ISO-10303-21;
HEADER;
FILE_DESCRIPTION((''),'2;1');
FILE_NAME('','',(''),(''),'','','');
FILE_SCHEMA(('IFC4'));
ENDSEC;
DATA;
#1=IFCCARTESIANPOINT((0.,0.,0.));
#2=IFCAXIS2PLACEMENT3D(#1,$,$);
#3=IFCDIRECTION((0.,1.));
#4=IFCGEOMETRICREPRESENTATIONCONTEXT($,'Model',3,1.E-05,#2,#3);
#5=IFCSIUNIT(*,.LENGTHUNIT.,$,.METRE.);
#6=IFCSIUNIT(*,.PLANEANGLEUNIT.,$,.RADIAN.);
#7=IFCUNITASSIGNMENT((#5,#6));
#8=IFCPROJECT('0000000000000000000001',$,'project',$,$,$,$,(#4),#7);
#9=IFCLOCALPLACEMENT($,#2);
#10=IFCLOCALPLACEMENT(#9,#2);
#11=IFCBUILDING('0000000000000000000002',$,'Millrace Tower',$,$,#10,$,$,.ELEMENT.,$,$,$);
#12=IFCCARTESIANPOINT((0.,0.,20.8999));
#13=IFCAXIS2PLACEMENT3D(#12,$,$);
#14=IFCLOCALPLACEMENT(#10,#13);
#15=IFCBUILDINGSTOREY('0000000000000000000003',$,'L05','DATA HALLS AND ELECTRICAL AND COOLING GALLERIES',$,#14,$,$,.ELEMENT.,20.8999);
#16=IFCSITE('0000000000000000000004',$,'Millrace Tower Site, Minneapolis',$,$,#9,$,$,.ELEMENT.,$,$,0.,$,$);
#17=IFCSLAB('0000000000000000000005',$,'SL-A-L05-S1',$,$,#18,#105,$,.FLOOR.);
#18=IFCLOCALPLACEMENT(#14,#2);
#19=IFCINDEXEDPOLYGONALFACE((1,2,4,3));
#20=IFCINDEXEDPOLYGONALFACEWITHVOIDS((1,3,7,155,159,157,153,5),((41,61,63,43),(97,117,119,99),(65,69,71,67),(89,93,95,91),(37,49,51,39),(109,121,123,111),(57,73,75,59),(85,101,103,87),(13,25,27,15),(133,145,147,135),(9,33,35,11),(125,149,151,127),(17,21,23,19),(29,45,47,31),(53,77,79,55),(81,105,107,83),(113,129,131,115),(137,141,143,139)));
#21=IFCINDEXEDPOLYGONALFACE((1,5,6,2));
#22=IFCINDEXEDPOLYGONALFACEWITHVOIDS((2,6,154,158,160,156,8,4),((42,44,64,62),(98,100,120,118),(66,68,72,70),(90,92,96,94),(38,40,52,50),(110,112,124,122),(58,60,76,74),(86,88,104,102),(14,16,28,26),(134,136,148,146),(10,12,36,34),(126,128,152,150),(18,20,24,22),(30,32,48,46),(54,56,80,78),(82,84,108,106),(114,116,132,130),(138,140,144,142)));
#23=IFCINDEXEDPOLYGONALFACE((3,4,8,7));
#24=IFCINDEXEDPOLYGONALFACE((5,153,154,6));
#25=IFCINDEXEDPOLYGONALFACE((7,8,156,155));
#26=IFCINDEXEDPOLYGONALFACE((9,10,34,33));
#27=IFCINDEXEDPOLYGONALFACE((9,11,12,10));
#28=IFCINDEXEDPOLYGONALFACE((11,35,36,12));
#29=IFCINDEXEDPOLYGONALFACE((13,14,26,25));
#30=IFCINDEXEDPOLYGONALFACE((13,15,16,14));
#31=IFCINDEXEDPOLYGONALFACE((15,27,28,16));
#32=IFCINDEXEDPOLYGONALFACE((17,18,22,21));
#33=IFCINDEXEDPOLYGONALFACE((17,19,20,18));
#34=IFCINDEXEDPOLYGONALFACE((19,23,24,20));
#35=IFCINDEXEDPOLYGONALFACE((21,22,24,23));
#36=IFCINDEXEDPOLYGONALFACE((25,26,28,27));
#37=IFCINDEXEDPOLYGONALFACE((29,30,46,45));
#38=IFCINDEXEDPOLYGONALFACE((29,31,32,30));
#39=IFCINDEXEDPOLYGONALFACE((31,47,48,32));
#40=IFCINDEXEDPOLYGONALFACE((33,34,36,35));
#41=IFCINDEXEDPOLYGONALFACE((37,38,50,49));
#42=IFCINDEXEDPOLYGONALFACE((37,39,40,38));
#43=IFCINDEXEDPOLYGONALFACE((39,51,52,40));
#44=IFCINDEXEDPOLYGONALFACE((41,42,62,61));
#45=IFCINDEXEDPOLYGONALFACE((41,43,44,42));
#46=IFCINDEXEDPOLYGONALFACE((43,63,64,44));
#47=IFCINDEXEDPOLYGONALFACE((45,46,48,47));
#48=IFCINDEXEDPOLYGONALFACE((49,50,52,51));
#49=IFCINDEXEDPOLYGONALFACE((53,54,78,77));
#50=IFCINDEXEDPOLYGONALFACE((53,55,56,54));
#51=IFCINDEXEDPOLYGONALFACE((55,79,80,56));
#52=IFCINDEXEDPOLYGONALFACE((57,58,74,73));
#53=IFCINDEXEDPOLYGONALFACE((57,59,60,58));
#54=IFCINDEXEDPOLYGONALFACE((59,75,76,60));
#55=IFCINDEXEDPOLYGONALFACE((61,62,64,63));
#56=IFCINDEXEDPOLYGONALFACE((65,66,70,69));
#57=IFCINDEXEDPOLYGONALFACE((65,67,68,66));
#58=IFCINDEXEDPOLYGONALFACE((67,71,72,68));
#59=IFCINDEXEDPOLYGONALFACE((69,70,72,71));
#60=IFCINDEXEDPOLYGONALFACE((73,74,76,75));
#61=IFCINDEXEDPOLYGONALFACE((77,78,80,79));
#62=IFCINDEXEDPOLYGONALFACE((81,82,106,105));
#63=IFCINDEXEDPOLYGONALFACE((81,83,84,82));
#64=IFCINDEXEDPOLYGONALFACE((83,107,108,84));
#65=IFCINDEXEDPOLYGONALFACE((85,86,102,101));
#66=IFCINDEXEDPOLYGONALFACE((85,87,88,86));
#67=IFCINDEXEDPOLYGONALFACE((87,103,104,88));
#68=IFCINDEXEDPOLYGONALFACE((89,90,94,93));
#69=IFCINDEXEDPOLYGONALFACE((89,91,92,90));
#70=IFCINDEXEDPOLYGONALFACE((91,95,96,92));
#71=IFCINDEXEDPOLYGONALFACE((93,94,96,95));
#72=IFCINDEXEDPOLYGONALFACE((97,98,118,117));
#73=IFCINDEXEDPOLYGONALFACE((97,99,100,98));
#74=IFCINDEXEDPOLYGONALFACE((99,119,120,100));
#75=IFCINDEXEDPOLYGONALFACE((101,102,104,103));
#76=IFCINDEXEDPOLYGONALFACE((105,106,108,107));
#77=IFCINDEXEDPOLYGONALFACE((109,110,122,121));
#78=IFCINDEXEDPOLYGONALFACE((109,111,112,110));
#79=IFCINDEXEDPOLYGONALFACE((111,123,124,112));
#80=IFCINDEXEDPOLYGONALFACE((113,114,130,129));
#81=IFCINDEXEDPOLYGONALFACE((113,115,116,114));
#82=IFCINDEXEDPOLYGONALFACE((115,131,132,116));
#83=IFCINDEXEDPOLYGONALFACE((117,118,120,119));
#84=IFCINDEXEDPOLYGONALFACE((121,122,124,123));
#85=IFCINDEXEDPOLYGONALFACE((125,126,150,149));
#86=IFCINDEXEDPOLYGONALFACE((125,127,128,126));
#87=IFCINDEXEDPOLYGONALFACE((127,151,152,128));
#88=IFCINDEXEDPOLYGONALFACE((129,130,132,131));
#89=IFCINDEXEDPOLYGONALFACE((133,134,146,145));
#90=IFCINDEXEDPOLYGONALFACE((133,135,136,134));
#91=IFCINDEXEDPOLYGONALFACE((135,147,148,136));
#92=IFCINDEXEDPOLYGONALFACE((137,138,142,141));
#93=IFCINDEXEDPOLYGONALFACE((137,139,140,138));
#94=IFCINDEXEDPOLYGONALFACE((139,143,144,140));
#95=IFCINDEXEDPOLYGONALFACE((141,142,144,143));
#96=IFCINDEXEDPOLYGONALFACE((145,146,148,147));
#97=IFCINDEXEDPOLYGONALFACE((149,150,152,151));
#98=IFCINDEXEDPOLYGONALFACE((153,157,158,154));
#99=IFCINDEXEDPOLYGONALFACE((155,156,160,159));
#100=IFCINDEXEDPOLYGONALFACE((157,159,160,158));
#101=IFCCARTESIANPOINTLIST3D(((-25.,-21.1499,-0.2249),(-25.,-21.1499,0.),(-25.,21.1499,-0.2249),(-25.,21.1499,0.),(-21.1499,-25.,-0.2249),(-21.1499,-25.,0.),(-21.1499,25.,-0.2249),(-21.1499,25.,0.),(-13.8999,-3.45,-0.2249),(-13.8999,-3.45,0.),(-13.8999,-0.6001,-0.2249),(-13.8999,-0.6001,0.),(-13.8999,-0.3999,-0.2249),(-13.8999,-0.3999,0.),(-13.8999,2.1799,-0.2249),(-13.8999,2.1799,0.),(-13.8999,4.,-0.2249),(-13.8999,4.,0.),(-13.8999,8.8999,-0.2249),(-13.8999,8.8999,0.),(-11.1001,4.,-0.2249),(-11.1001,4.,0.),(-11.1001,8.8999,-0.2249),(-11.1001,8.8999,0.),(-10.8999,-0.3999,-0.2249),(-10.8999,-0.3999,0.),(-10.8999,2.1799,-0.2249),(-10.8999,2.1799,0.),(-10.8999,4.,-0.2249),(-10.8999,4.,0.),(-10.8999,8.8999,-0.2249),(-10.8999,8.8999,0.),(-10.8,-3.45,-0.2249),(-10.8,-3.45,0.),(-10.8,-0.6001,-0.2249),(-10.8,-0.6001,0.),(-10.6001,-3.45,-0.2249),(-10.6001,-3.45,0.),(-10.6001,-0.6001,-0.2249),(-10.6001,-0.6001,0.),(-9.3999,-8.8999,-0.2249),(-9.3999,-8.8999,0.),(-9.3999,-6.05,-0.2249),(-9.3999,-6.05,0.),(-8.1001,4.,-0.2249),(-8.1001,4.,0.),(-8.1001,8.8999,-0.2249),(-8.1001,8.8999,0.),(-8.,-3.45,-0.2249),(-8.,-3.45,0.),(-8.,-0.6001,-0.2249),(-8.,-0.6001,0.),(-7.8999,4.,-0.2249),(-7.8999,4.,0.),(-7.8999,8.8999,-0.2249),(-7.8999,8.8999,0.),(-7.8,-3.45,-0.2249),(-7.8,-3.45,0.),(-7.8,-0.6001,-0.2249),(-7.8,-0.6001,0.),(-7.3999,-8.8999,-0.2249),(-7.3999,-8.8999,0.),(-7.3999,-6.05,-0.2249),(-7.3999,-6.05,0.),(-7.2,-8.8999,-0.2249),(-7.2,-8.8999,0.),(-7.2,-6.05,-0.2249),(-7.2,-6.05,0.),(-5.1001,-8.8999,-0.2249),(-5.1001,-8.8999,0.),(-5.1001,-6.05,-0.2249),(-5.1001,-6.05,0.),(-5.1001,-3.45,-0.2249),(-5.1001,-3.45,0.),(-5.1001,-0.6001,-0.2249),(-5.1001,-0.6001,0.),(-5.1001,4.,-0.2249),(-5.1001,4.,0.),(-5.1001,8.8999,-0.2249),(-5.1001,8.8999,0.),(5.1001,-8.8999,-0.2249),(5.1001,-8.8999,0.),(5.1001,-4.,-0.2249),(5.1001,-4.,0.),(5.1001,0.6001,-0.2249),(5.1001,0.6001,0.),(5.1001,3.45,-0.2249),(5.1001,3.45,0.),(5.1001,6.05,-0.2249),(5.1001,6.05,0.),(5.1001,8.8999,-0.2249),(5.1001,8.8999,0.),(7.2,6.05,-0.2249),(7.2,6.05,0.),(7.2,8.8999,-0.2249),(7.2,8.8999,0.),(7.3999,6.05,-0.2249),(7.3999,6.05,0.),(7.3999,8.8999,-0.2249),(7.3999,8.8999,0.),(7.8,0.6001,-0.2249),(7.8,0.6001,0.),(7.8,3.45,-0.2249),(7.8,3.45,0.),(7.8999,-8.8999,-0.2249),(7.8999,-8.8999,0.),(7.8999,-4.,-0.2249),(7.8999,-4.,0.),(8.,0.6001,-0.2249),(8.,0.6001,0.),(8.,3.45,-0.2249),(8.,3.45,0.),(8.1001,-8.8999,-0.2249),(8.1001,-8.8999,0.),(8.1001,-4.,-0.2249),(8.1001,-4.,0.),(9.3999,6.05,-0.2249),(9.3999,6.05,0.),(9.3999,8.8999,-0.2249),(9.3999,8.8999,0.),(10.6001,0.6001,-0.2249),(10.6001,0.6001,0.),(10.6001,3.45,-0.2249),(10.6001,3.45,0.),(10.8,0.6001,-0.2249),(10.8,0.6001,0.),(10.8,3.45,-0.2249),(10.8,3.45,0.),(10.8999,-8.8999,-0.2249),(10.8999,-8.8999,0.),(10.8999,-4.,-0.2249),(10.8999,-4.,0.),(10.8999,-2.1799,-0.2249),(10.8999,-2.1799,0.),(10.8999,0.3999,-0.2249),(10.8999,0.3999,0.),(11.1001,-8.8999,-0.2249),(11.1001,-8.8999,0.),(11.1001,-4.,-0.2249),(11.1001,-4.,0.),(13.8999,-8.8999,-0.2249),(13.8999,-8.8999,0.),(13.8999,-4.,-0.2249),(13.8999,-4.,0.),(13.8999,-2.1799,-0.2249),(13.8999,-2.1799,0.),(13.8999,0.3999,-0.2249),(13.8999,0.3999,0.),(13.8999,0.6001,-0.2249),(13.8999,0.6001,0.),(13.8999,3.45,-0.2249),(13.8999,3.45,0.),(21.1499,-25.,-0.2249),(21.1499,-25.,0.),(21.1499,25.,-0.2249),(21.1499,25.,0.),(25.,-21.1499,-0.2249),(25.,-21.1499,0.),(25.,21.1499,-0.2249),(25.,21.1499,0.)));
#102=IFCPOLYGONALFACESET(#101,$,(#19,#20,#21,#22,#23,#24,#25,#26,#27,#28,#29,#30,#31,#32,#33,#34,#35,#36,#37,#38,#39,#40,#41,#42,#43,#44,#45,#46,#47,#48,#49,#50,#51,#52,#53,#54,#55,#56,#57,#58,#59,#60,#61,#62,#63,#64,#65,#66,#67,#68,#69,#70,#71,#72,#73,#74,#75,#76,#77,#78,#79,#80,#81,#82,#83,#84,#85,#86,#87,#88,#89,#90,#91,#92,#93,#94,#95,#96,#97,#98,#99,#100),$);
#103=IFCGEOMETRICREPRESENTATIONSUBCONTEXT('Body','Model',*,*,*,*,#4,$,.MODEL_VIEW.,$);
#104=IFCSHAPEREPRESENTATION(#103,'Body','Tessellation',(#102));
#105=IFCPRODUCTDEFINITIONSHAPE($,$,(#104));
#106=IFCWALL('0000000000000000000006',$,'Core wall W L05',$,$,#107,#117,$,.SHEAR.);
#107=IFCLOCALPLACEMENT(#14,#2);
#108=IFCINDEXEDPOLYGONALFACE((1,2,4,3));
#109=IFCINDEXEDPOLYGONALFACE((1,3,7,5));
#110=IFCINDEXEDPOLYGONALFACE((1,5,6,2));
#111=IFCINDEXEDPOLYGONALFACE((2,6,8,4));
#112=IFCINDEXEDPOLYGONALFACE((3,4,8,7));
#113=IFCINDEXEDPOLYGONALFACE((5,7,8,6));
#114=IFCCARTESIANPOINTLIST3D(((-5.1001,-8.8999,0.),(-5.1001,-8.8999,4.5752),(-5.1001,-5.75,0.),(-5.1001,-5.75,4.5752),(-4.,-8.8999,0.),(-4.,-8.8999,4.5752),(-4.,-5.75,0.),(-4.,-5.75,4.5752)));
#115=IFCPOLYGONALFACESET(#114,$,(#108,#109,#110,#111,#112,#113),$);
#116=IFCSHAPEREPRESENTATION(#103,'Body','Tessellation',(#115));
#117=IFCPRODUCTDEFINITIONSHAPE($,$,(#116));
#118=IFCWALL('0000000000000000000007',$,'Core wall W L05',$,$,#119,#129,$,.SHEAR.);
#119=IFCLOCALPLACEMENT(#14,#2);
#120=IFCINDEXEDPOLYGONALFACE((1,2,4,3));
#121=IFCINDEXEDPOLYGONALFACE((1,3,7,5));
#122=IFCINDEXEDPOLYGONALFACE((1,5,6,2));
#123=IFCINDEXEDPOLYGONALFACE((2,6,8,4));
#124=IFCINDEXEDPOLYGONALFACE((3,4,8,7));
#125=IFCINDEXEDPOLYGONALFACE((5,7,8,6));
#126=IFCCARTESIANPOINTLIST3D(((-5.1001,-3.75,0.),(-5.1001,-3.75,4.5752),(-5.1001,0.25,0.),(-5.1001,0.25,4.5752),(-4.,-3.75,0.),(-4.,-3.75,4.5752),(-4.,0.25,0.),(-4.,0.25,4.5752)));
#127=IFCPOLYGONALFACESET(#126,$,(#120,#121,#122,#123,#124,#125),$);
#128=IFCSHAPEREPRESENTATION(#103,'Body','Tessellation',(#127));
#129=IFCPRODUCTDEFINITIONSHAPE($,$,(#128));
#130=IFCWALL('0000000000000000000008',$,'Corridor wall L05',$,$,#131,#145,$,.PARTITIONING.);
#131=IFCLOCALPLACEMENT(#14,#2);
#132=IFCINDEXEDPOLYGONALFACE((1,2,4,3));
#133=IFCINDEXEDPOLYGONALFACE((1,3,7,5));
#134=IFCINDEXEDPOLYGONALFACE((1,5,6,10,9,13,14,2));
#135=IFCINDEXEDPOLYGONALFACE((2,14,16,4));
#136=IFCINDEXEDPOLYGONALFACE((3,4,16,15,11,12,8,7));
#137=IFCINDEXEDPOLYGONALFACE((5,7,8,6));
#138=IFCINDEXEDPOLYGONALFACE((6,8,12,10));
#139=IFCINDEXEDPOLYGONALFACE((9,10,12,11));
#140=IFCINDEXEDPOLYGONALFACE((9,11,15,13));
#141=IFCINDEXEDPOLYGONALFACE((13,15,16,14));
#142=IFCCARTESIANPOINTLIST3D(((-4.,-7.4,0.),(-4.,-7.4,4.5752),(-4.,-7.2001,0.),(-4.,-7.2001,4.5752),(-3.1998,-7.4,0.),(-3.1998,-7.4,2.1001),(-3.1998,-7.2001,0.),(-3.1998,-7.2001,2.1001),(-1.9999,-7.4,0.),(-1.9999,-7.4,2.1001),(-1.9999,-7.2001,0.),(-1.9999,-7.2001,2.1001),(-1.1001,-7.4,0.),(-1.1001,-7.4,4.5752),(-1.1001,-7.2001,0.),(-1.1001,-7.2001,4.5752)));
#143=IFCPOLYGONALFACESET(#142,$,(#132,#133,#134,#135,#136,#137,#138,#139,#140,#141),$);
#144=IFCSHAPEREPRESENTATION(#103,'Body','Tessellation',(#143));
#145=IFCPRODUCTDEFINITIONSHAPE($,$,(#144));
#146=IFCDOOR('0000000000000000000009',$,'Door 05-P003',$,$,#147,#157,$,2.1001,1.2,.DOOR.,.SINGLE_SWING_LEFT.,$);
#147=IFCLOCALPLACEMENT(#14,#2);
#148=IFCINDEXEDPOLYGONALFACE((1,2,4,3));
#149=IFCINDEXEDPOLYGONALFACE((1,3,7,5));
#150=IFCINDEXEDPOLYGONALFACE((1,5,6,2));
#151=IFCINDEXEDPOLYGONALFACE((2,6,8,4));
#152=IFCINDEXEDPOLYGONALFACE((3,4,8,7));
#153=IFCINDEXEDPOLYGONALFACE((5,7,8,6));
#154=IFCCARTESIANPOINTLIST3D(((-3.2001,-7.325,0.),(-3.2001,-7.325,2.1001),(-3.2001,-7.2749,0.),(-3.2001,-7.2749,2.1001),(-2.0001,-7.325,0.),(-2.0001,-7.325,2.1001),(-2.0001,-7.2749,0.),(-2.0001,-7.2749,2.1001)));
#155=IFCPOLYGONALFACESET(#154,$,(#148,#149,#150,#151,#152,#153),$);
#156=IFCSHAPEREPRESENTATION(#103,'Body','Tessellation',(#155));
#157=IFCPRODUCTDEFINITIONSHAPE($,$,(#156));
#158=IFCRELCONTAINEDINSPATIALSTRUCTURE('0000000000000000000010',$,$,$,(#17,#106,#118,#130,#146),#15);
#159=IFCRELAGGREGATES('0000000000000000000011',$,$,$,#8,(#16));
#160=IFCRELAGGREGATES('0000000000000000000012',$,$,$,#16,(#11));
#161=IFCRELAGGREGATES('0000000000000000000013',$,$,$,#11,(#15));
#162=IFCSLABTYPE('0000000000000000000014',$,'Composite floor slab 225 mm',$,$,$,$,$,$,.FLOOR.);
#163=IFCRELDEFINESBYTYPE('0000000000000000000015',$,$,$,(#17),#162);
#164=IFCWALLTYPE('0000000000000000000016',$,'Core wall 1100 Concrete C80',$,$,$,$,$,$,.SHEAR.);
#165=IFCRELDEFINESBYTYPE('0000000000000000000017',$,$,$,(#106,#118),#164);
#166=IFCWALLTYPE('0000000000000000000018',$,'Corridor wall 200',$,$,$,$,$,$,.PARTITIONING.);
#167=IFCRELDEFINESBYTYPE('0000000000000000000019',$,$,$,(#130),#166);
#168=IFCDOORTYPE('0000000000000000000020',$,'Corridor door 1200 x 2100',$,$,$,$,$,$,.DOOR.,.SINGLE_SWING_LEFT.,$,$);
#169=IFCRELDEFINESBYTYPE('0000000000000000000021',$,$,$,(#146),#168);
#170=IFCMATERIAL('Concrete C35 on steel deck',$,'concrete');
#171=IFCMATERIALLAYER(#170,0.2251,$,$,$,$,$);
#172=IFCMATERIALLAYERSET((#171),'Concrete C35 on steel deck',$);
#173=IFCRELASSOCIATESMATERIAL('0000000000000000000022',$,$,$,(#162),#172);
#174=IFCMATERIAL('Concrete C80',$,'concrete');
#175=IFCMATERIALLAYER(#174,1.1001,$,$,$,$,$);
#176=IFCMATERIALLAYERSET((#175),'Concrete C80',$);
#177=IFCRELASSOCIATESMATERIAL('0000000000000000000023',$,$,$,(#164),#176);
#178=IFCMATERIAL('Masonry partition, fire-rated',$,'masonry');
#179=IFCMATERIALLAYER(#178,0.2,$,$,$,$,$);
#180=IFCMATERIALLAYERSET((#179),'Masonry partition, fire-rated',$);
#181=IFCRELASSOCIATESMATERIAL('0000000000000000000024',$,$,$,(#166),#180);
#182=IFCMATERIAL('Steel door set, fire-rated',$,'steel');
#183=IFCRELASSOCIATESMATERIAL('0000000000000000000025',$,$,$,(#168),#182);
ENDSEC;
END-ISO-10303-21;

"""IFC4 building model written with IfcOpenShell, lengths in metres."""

from ifc_helpers import new_model, si_unit, direction, frame, frame_2d, origin, place, context, subcontext, project, spatial, polyline, rectangle, outline, extrude, material, layer, layer_set, type_object, element, fill, save


model = new_model("IFC4")

# Units and contexts
model_context = context("Model", 3, precision=1e-05, world=origin(), true_north=direction((0.0, 1.0)))
body_context = subcontext(model_context, "Body", "Model", "MODEL_VIEW")
ifc_project = project(units=[si_unit("LENGTHUNIT", "METRE"), si_unit("PLANEANGLEUNIT", "RADIAN")], contexts=[model_context])

# Site, building, storey
site_placement = place(None, origin())
site = spatial("IfcSite", under=ifc_project, at=site_placement, Name="Millrace Tower Site, Minneapolis", CompositionType="ELEMENT", RefElevation=0.0)
building_placement = place(site_placement, origin())
building = spatial("IfcBuilding", under=site, at=building_placement, Name="Millrace Tower", CompositionType="ELEMENT")
storey_placement = place(building_placement, frame((0.0, 0.0, 20.8999)))
storey = spatial("IfcBuildingStorey", under=building, at=storey_placement, Name="L05", Description="DATA HALLS AND ELECTRICAL AND COOLING GALLERIES", CompositionType="ELEMENT", Elevation=20.8999)

# Slab
ifc_material_1 = material(Name="Concrete C35 on steel deck", Category="concrete")
ifc_layer_1 = layer(ifc_material_1, 0.2251)
ifc_layer_set_1 = layer_set([ifc_layer_1], Name="Concrete C35 on steel deck")
slab_type = type_object("IfcSlabType", Name="Composite floor slab 225 mm", PredefinedType="FLOOR", material=ifc_layer_set_1)
slab_placement = place(storey_placement, frame((0.0, 0.0, -0.2249)))
element("IfcSlab", 1, at=slab_placement, inside=storey, type_object=slab_type, Name="SL-A-L05-S1", PredefinedType="FLOOR", context=body_context, shape_type="SweptSolid", body=[
    extrude(outline(polyline([(-25.0, -21.1499), (-21.1499, -25.0), (21.1499, -25.0), (25.0, -21.1499), (25.0, 21.1499), (21.1499, 25.0), (-21.1499, 25.0), (-25.0, 21.1499), (-25.0, -21.1499)]), holes=[polyline([(-9.3999, -8.8999), (-7.3999, -8.8999), (-7.3999, -6.05), (-9.3999, -6.05), (-9.3999, -8.8999)]), polyline([(-7.2, -8.8999), (-5.1001, -8.8999), (-5.1001, -6.05), (-7.2, -6.05), (-7.2, -8.8999)]), polyline([(-13.8999, -3.45), (-10.8, -3.45), (-10.8, -0.6001), (-13.8999, -0.6001), (-13.8999, -3.45)]), polyline([(-10.6001, -3.45), (-8.0, -3.45), (-8.0, -0.6001), (-10.6001, -0.6001), (-10.6001, -3.45)]), polyline([(-7.8, -3.45), (-5.1001, -3.45), (-5.1001, -0.6001), (-7.8, -0.6001), (-7.8, -3.45)]), polyline([(-13.8999, -0.3999), (-10.8999, -0.3999), (-10.8999, 2.1799), (-13.8999, 2.1799), (-13.8999, -0.3999)]), polyline([(-13.8999, 4.0), (-11.1001, 4.0), (-11.1001, 8.8999), (-13.8999, 8.8999), (-13.8999, 4.0)]), polyline([(-10.8999, 4.0), (-8.1001, 4.0), (-8.1001, 8.8999), (-10.8999, 8.8999), (-10.8999, 4.0)]), polyline([(-7.8999, 4.0), (-5.1001, 4.0), (-5.1001, 8.8999), (-7.8999, 8.8999), (-7.8999, 4.0)]), polyline([(7.3999, 6.05), (9.3999, 6.05), (9.3999, 8.8999), (7.3999, 8.8999), (7.3999, 6.05)]), polyline([(5.1001, 6.05), (7.2, 6.05), (7.2, 8.8999), (5.1001, 8.8999), (5.1001, 6.05)]), polyline([(10.8, 0.6001), (13.8999, 0.6001), (13.8999, 3.45), (10.8, 3.45), (10.8, 0.6001)]), polyline([(8.0, 0.6001), (10.6001, 0.6001), (10.6001, 3.45), (8.0, 3.45), (8.0, 0.6001)]), polyline([(5.1001, 0.6001), (7.8, 0.6001), (7.8, 3.45), (5.1001, 3.45), (5.1001, 0.6001)]), polyline([(10.8999, -2.1799), (13.8999, -2.1799), (13.8999, 0.3999), (10.8999, 0.3999), (10.8999, -2.1799)]), polyline([(11.1001, -8.8999), (13.8999, -8.8999), (13.8999, -4.0), (11.1001, -4.0), (11.1001, -8.8999)]), polyline([(8.1001, -8.8999), (10.8999, -8.8999), (10.8999, -4.0), (8.1001, -4.0), (8.1001, -8.8999)]), polyline([(5.1001, -8.8999), (7.8999, -8.8999), (7.8999, -4.0), (5.1001, -4.0), (5.1001, -8.8999)])]), origin(), (0.0, 0.0, 1.0), 0.2249),
])

# Walls
ifc_material_2 = material(Name="Concrete C80", Category="concrete")
ifc_layer_2 = layer(ifc_material_2, 1.1001)
ifc_layer_set_2 = layer_set([ifc_layer_2], Name="Concrete C80")
wall_type_1 = type_object("IfcWallType", Name="Core wall 1100 Concrete C80", PredefinedType="SHEAR", material=ifc_layer_set_2)
wall_1_placement = place(storey_placement, frame((-4.55, -8.8999, 0.0), z_axis=(0.0, 0.0, 1.0), x_axis=(0.0, 1.0, 0.0)))
element("IfcWall", 2, at=wall_1_placement, inside=storey, type_object=wall_type_1, Name="Core wall W L05", PredefinedType="SHEAR", context=body_context, shape_type="SweptSolid", body=[
    extrude(rectangle(XDim=3.1499, YDim=1.1001, at=frame_2d((1.575, 0.0))), origin(), (0.0, 0.0, 1.0), 4.5752),
])
wall_2_placement = place(storey_placement, frame((-4.55, -3.75, 0.0), z_axis=(0.0, 0.0, 1.0), x_axis=(0.0, 1.0, 0.0)))
element("IfcWall", 3, at=wall_2_placement, inside=storey, type_object=wall_type_1, Name="Core wall W L05", PredefinedType="SHEAR", context=body_context, shape_type="SweptSolid", body=[
    extrude(rectangle(XDim=4.0, YDim=1.1001, at=frame_2d((2.0, 0.0))), origin(), (0.0, 0.0, 1.0), 4.5752),
])

# Wall, opening, door
ifc_material_3 = material(Name="Masonry partition, fire-rated", Category="masonry")
ifc_layer_3 = layer(ifc_material_3, 0.2)
ifc_layer_set_3 = layer_set([ifc_layer_3], Name="Masonry partition, fire-rated")
wall_type_2 = type_object("IfcWallType", Name="Corridor wall 200", PredefinedType="PARTITIONING", material=ifc_layer_set_3)
wall_3_placement = place(storey_placement, frame((-4.0, -7.3, 0.0), z_axis=(0.0, 0.0, 1.0), x_axis=(1.0, 0.0, 0.0)))
wall_3 = element("IfcWall", 4, at=wall_3_placement, inside=storey, type_object=wall_type_2, Name="Corridor wall L05", PredefinedType="PARTITIONING", context=body_context, shape_type="SweptSolid", body=[
    extrude(rectangle(XDim=2.8999, YDim=0.2, at=frame_2d((1.45, 0.0))), origin(), (0.0, 0.0, 1.0), 4.5752),
])
opening_1_placement = place(wall_3_placement, frame((0.8, 0.0, 0.0)))
opening_1 = element("IfcOpeningElement", 5, at=opening_1_placement, cuts=wall_3, PredefinedType="OPENING", context=body_context, shape_type="SweptSolid", body=[
    extrude(rectangle(XDim=1.2, YDim=2.1001, at=frame_2d((0.6001, 1.05))), frame((0.0, 0.1099, 0.0), z_axis=(0.0, -1.0, 0.0), x_axis=(1.0, 0.0, 0.0)), (0.0, 0.0, 1.0), 0.22),
])
ifc_material_4 = material(Name="Steel door set, fire-rated", Category="steel")
door_type_1 = type_object("IfcDoorType", Name="Corridor door 1200 x 2100", OperationType="SINGLE_SWING_LEFT", PredefinedType="DOOR", material=ifc_material_4)
door_1_placement = place(opening_1_placement, frame((1.2, 0.0, 0.0), z_axis=(0.0, 0.0, 1.0), x_axis=(-1.0, 0.0, 0.0)))
door_1 = element("IfcDoor", 6, at=door_1_placement, inside=storey, type_object=door_type_1, Name="Door 05-P003", OperationType="SINGLE_SWING_LEFT", OverallHeight=2.1001, OverallWidth=1.2, PredefinedType="DOOR", context=body_context, shape_type="SweptSolid", body=[
    extrude(rectangle(XDim=1.2, YDim=2.1001, at=frame_2d((0.6001, 1.05))), frame((0.0, 0.0249, 0.0), z_axis=(0.0, -1.0, 0.0), x_axis=(1.0, 0.0, 0.0)), (0.0, 0.0, 1.0), 0.05),
])
fill(opening_1, door_1)

save(model, "model.ifc")
